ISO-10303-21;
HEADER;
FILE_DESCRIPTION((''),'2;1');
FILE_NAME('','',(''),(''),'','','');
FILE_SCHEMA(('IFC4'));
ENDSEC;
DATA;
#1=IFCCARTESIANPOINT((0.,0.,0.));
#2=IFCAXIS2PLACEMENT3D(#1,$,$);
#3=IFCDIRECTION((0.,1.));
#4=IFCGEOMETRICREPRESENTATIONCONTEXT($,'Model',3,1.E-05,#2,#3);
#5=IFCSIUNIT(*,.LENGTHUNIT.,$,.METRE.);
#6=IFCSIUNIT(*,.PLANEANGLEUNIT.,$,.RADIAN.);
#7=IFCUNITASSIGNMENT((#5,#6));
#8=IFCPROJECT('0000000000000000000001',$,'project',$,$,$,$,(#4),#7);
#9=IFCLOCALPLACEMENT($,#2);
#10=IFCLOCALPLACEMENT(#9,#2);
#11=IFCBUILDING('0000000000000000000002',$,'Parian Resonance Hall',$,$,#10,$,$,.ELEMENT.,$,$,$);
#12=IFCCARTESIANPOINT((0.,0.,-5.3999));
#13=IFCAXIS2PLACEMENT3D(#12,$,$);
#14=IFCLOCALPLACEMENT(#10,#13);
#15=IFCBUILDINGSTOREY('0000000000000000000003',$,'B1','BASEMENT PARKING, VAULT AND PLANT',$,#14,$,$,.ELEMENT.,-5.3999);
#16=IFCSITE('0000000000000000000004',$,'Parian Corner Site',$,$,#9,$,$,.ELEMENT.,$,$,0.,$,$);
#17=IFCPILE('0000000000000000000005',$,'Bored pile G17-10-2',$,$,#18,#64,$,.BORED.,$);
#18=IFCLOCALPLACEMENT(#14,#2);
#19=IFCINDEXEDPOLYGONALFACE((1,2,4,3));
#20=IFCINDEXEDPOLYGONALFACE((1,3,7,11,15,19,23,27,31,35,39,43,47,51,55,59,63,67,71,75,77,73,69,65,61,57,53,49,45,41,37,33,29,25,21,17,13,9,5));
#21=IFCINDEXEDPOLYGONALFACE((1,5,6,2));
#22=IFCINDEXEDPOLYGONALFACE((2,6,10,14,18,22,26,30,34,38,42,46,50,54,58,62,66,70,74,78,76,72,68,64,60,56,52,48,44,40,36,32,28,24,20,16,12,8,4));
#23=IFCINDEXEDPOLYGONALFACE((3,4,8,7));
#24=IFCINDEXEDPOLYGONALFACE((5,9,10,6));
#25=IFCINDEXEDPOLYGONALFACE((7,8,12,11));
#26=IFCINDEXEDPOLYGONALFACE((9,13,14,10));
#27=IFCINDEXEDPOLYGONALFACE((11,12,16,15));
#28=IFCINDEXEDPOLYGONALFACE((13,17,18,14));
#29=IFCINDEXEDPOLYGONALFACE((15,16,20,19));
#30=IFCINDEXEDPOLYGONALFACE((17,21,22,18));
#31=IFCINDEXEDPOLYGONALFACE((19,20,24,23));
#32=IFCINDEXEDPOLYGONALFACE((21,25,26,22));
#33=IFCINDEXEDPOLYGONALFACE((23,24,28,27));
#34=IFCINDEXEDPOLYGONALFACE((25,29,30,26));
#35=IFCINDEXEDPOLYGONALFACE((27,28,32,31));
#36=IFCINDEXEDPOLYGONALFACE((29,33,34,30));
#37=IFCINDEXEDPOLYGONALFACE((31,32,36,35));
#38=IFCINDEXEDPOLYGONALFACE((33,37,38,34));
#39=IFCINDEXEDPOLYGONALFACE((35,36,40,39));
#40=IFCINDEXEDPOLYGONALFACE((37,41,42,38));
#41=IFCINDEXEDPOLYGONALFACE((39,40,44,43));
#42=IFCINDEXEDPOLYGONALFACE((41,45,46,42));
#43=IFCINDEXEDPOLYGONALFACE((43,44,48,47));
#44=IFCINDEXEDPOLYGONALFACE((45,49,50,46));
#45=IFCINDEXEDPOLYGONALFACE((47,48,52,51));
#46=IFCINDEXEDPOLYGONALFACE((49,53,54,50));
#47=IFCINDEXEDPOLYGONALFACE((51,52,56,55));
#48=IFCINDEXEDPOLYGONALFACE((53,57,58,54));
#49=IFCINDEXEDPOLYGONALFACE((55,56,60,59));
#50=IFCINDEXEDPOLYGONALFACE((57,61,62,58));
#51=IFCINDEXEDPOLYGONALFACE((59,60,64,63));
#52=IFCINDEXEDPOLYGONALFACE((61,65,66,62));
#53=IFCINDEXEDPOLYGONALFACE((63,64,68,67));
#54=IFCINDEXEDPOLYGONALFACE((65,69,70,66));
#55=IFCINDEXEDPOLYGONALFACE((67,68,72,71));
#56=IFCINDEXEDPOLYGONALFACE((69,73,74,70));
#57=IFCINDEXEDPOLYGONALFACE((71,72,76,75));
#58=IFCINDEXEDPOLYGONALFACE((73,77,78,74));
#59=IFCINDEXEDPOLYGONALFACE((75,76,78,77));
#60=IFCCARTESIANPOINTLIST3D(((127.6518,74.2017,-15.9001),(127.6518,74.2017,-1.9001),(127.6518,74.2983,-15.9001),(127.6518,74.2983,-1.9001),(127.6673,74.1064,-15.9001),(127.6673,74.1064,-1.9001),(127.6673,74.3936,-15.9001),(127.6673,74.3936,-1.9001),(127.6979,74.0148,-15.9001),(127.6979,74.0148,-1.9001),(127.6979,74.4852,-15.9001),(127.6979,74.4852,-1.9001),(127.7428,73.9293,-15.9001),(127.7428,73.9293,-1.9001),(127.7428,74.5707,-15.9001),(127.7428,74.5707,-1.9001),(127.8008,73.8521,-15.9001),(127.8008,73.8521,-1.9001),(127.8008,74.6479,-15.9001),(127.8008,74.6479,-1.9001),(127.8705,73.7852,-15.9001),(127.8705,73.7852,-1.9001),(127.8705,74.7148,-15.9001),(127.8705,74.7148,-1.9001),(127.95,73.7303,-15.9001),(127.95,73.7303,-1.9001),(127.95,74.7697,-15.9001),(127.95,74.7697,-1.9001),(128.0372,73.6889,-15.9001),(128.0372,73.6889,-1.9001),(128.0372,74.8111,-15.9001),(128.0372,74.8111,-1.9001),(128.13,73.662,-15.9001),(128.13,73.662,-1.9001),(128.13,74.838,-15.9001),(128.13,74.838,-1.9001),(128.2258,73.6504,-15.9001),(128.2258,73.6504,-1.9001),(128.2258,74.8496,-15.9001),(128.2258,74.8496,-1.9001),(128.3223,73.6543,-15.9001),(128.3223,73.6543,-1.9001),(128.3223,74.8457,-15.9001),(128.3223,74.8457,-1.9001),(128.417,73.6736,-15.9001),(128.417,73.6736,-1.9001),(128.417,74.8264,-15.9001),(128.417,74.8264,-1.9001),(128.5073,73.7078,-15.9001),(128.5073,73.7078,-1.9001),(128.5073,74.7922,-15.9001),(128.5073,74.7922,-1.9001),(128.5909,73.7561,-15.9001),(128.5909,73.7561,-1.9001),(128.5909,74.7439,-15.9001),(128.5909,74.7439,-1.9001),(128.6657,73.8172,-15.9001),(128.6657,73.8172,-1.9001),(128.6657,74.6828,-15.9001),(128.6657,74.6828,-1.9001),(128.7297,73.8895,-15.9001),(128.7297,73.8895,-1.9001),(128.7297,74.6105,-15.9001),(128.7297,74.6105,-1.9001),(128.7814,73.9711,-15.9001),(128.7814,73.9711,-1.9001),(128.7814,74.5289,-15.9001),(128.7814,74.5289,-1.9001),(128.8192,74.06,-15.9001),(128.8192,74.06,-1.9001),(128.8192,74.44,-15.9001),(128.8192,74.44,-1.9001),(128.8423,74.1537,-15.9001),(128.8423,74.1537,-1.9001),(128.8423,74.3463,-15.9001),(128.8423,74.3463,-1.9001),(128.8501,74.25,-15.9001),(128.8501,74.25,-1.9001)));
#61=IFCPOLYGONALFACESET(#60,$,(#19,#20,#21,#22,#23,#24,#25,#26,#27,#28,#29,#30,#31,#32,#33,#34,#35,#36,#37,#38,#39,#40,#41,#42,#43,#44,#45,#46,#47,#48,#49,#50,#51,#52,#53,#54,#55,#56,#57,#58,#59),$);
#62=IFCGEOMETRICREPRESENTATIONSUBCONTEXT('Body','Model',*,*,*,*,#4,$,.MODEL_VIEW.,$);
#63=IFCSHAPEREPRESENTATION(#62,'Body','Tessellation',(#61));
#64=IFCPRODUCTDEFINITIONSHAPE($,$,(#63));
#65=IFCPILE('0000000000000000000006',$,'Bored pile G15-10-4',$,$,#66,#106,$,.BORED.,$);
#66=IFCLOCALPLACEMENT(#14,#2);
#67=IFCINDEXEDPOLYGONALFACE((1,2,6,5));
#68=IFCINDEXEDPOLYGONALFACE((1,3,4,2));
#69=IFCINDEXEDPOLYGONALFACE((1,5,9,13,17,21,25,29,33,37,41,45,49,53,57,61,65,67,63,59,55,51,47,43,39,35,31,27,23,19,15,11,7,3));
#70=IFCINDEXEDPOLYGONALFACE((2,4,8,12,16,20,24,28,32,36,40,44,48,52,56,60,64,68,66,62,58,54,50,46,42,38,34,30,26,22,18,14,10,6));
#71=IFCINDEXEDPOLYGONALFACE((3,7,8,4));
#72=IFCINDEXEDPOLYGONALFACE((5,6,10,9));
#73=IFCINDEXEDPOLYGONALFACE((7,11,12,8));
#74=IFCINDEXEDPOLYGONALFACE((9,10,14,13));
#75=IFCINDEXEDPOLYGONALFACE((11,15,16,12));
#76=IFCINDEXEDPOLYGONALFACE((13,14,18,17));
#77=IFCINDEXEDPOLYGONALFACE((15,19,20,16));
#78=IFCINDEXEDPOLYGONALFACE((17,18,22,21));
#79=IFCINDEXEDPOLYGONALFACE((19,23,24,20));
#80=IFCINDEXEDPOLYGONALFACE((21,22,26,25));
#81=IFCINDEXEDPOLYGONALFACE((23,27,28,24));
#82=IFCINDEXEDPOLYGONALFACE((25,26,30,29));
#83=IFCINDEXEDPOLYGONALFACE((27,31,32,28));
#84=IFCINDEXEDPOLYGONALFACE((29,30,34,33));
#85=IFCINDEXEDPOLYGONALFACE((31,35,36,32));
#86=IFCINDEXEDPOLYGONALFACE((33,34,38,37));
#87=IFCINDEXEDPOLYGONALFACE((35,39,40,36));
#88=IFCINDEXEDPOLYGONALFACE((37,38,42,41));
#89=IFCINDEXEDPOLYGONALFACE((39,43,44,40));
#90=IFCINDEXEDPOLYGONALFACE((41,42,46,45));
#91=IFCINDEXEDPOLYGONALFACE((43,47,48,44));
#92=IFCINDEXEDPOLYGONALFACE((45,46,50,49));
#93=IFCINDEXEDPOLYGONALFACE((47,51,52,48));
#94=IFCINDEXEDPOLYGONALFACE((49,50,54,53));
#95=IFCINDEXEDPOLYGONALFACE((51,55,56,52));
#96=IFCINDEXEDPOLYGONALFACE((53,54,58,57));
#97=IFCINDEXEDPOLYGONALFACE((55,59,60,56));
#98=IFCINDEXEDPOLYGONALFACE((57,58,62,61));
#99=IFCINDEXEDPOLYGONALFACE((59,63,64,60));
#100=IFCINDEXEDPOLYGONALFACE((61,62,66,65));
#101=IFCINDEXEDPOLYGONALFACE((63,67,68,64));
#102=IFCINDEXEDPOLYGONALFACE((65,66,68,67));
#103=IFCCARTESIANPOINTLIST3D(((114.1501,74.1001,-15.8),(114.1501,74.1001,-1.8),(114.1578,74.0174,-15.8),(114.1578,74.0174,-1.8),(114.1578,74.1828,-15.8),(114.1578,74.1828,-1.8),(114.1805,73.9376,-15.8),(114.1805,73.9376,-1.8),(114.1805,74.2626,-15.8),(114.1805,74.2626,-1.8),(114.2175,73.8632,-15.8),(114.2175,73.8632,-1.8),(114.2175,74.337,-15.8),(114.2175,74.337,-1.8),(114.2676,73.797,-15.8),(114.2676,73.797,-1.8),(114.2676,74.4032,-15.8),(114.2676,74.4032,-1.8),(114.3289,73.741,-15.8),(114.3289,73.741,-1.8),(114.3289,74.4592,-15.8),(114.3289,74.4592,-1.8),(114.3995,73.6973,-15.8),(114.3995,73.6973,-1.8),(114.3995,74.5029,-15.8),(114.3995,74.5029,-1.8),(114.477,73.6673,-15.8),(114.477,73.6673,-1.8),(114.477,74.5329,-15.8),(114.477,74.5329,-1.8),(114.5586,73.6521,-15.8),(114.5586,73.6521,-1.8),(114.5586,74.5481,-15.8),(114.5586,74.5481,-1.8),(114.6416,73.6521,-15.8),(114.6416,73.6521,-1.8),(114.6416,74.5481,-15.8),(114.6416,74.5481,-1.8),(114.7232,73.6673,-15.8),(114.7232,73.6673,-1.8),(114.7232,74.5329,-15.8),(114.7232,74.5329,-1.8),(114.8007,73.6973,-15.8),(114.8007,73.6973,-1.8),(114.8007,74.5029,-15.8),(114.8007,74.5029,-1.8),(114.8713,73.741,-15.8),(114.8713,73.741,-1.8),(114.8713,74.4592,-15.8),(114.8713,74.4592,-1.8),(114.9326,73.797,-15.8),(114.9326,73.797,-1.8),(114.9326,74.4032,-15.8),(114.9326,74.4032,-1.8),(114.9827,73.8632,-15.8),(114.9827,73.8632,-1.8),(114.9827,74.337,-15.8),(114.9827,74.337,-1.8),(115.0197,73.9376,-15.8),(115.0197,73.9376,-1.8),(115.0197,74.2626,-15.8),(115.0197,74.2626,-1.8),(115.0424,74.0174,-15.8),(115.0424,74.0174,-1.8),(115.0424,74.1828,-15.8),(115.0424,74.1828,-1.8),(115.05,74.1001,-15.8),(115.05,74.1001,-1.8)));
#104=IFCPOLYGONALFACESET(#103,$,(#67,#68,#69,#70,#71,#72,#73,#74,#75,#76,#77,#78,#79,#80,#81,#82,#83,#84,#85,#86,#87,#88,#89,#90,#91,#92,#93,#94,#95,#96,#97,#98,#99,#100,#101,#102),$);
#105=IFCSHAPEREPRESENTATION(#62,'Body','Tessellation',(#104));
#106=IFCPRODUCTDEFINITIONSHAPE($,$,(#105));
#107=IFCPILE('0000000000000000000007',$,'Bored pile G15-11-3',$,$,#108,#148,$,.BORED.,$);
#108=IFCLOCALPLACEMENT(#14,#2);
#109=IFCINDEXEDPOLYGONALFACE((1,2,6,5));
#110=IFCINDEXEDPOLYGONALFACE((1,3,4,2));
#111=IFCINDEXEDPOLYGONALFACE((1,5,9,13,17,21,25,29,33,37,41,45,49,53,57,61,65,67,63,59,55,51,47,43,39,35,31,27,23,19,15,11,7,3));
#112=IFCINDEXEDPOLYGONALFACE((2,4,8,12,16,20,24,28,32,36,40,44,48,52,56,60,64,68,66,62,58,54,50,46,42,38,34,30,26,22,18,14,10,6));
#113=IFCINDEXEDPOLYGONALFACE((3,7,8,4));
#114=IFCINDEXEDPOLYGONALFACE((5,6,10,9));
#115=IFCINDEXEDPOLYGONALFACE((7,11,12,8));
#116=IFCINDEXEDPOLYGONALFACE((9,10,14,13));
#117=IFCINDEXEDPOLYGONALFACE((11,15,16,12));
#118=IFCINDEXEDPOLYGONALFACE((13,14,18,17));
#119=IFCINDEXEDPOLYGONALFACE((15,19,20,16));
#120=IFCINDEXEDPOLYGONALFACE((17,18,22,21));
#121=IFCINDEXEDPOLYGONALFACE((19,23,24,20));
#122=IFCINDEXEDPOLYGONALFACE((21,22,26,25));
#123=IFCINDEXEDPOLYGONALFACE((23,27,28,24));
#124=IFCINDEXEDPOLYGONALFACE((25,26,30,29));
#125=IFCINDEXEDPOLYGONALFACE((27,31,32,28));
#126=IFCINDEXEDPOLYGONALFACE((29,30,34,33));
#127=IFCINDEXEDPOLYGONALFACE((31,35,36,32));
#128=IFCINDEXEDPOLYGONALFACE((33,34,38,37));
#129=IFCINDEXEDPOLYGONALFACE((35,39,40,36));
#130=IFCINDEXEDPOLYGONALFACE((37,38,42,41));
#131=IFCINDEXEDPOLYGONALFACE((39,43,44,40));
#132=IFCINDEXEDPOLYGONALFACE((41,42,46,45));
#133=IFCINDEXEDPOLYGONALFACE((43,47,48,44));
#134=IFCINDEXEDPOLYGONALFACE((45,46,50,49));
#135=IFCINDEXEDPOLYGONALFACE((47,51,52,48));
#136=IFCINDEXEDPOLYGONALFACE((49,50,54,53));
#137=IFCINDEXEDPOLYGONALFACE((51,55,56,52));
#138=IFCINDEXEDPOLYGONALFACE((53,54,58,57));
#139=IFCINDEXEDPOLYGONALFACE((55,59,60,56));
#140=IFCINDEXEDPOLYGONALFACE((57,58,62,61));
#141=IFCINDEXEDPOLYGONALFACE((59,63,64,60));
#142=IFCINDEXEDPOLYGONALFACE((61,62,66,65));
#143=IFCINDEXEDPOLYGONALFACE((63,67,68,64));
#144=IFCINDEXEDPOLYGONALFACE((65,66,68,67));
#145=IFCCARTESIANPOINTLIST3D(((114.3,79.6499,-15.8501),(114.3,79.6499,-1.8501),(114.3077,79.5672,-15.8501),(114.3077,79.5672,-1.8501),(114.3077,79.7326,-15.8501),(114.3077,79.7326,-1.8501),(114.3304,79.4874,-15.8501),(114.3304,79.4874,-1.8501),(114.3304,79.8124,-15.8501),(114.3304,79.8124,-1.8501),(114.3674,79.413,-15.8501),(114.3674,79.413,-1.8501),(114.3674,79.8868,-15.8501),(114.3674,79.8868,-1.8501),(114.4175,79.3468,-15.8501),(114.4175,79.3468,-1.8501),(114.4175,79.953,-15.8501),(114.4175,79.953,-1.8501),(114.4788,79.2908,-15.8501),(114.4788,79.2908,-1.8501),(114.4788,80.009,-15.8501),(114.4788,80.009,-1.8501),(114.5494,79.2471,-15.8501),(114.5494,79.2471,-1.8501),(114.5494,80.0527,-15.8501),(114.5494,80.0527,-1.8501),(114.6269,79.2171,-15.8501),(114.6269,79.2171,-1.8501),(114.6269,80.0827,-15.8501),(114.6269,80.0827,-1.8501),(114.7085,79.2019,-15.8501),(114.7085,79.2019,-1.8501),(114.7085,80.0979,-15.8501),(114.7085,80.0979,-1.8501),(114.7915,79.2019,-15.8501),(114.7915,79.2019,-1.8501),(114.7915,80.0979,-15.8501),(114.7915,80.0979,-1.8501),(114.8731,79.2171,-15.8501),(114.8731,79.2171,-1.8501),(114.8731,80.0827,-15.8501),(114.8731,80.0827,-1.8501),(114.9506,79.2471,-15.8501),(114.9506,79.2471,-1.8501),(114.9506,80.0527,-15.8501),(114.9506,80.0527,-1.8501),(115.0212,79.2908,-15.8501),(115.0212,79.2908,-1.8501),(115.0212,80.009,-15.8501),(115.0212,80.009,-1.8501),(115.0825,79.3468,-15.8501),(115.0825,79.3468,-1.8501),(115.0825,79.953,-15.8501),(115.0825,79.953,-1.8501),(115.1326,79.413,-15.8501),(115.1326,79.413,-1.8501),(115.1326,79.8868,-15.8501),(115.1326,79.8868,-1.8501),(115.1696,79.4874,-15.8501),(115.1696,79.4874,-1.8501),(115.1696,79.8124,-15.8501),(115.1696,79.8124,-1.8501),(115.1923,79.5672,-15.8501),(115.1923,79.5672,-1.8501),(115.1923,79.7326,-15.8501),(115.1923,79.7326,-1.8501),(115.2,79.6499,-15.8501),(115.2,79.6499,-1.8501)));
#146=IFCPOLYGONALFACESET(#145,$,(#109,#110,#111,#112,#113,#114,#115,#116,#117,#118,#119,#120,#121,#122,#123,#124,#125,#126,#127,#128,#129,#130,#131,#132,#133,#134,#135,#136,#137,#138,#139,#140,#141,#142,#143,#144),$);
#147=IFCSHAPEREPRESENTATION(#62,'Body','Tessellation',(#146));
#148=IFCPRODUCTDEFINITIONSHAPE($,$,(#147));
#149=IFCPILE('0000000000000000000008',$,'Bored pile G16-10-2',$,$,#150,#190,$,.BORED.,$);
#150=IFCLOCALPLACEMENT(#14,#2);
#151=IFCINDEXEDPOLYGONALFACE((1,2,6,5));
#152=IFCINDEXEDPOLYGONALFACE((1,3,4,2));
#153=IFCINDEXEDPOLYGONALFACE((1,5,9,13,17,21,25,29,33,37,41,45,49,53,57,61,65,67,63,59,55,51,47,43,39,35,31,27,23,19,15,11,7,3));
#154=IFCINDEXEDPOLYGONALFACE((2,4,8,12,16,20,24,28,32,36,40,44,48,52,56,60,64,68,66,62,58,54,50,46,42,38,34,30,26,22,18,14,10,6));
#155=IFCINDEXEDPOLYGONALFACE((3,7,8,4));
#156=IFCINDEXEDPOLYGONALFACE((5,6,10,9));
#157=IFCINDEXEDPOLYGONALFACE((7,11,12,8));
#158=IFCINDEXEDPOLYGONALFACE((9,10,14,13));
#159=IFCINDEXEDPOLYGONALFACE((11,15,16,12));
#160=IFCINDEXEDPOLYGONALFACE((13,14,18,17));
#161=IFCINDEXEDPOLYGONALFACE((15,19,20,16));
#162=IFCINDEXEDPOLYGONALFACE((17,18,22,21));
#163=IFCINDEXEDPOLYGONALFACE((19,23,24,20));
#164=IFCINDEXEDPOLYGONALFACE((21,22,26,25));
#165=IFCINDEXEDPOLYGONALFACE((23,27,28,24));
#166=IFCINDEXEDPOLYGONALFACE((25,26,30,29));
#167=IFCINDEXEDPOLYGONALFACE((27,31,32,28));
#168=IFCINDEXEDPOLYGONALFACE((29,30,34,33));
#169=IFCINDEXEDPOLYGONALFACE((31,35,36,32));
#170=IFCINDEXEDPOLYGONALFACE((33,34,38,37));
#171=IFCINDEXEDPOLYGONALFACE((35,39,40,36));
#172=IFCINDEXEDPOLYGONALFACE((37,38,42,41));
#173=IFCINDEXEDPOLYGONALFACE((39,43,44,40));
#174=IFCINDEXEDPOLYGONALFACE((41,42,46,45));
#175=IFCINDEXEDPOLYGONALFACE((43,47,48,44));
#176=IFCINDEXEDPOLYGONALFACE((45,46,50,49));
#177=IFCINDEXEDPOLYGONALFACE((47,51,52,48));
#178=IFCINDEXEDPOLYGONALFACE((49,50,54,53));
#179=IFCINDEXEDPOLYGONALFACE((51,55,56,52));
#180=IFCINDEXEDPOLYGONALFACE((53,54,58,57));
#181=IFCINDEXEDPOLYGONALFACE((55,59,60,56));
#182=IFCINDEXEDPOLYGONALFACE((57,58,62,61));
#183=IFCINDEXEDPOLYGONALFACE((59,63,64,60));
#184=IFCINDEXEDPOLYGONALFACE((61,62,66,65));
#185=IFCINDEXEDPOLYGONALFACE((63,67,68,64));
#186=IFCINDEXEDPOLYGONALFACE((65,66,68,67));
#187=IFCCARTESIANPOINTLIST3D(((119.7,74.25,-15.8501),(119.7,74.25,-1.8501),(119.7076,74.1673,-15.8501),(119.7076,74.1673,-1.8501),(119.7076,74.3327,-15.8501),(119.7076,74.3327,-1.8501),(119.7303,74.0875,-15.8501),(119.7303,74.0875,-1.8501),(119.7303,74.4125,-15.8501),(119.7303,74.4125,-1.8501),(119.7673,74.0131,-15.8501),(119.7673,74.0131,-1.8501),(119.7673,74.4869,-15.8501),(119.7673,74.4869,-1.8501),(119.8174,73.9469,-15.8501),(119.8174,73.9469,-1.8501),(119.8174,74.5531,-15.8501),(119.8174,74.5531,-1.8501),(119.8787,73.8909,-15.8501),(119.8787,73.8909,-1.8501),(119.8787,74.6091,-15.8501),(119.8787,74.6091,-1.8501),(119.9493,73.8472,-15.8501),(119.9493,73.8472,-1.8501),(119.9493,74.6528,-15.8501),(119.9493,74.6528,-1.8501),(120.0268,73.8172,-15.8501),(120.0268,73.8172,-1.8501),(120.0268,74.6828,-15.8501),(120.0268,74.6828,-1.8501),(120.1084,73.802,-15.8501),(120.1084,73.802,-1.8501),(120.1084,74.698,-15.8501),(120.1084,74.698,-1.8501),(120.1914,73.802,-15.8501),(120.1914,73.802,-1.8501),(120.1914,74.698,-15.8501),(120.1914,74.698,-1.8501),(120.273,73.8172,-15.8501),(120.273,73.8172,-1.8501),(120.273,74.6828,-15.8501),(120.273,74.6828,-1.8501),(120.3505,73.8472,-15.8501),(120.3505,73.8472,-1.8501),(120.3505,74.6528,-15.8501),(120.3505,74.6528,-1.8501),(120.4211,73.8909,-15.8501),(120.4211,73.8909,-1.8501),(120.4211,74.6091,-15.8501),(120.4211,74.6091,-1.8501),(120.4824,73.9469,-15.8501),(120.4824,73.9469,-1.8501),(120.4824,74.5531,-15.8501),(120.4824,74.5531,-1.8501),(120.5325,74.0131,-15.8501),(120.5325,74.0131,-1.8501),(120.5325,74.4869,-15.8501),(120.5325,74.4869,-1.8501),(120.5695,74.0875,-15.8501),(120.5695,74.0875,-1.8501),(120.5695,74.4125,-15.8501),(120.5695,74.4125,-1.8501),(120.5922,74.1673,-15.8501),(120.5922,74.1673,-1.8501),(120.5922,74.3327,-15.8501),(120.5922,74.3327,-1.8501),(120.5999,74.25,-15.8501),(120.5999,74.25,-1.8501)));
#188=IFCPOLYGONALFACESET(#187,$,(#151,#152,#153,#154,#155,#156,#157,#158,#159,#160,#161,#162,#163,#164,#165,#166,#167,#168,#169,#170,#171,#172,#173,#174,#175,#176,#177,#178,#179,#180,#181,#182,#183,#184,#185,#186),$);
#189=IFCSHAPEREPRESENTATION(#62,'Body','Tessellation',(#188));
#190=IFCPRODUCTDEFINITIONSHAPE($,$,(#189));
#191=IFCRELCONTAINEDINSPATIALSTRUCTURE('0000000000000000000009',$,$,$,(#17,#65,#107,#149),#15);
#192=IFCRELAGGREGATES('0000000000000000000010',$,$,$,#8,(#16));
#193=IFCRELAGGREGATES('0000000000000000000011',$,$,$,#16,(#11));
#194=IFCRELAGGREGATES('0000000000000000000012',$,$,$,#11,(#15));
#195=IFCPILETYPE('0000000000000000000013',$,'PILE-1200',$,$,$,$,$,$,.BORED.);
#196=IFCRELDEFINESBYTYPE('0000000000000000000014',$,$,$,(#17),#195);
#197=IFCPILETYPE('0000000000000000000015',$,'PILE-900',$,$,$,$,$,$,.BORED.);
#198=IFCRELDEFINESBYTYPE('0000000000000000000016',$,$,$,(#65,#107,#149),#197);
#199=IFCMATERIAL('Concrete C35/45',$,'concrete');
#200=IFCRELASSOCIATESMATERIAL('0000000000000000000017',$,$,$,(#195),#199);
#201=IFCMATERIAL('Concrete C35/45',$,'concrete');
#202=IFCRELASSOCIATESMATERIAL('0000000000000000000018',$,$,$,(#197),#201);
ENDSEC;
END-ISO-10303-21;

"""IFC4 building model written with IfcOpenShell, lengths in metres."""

from ifc_helpers import new_model, si_unit, direction, frame, origin, origin_2d, place, context, subcontext, project, spatial, circle, extrude, material, material_profile, profile_set, type_object, element, save


model = new_model("IFC4")

# Units and contexts
model_context = context("Model", 3, precision=1e-05, world=origin(), true_north=direction((0.0, 1.0)))
body_context = subcontext(model_context, "Body", "Model", "MODEL_VIEW")
ifc_project = project(units=[si_unit("LENGTHUNIT", "METRE"), si_unit("PLANEANGLEUNIT", "RADIAN")], contexts=[model_context])

# Site, building, storey
site_placement = place(None, origin())
site = spatial("IfcSite", under=ifc_project, at=site_placement, Name="Parian Corner Site", CompositionType="ELEMENT", RefElevation=0.0)
building_placement = place(site_placement, origin())
building = spatial("IfcBuilding", under=site, at=building_placement, Name="Parian Resonance Hall", CompositionType="ELEMENT")
storey_placement = place(building_placement, frame((0.0, 0.0, -5.3999)))
storey = spatial("IfcBuildingStorey", under=building, at=storey_placement, Name="B1", Description="BASEMENT PARKING, VAULT AND PLANT", CompositionType="ELEMENT", Elevation=-5.3999)

# Piles
ifc_material_1 = material(Name="Concrete C35/45", Category="concrete")
ifc_material_profile_1 = material_profile(ifc_material_1, circle(Radius=0.6001, at=origin_2d()), Name="PILE-D1200")
ifc_profile_set_1 = profile_set([ifc_material_profile_1], Name="Concrete C35/45")
pile_type_1 = type_object("IfcPileType", Name="PILE-1200", PredefinedType="BORED", material=ifc_profile_set_1)
for number, where, z_axis, x_axis, name in (
    (1, (128.25, 74.25, -1.9001), (0.0, 0.0, -1.0), (1.0, 0.0, 0.0), "Bored pile G17-10-2"),
):
    element("IfcPile", number, at=place(storey_placement, frame(where, z_axis=z_axis, x_axis=x_axis)), inside=storey, type_object=pile_type_1, Name=name, PredefinedType="BORED", context=body_context, shape_type="SweptSolid", body=[
        extrude(circle(Radius=0.6001, at=origin_2d()), origin(), (0.0, 0.0, 1.0), 14.0),
    ])
ifc_material_2 = material(Name="Concrete C35/45", Category="concrete")
ifc_material_profile_2 = material_profile(ifc_material_2, circle(Radius=0.45, at=origin_2d()), Name="PILE-D900")
ifc_profile_set_2 = profile_set([ifc_material_profile_2], Name="Concrete C35/45")
pile_type_2 = type_object("IfcPileType", Name="PILE-900", PredefinedType="BORED", material=ifc_profile_set_2)
for number, where, z_axis, x_axis, name in (
    (2, (114.6001, 74.1001, -1.8), (0.0, 0.0, -1.0), (1.0, 0.0, 0.0), "Bored pile G15-10-4"),
    (3, (114.75, 79.6499, -1.8501), (0.0, 0.0, -1.0), (1.0, 0.0, 0.0), "Bored pile G15-11-3"),
    (4, (120.1499, 74.25, -1.8501), (0.0, 0.0, -1.0), (1.0, 0.0, 0.0), "Bored pile G16-10-2"),
):
    element("IfcPile", number, at=place(storey_placement, frame(where, z_axis=z_axis, x_axis=x_axis)), inside=storey, type_object=pile_type_2, Name=name, PredefinedType="BORED", context=body_context, shape_type="SweptSolid", body=[
        extrude(circle(Radius=0.45, at=origin_2d()), origin(), (0.0, 0.0, 1.0), 14.0),
    ])

save(model, "model.ifc")
